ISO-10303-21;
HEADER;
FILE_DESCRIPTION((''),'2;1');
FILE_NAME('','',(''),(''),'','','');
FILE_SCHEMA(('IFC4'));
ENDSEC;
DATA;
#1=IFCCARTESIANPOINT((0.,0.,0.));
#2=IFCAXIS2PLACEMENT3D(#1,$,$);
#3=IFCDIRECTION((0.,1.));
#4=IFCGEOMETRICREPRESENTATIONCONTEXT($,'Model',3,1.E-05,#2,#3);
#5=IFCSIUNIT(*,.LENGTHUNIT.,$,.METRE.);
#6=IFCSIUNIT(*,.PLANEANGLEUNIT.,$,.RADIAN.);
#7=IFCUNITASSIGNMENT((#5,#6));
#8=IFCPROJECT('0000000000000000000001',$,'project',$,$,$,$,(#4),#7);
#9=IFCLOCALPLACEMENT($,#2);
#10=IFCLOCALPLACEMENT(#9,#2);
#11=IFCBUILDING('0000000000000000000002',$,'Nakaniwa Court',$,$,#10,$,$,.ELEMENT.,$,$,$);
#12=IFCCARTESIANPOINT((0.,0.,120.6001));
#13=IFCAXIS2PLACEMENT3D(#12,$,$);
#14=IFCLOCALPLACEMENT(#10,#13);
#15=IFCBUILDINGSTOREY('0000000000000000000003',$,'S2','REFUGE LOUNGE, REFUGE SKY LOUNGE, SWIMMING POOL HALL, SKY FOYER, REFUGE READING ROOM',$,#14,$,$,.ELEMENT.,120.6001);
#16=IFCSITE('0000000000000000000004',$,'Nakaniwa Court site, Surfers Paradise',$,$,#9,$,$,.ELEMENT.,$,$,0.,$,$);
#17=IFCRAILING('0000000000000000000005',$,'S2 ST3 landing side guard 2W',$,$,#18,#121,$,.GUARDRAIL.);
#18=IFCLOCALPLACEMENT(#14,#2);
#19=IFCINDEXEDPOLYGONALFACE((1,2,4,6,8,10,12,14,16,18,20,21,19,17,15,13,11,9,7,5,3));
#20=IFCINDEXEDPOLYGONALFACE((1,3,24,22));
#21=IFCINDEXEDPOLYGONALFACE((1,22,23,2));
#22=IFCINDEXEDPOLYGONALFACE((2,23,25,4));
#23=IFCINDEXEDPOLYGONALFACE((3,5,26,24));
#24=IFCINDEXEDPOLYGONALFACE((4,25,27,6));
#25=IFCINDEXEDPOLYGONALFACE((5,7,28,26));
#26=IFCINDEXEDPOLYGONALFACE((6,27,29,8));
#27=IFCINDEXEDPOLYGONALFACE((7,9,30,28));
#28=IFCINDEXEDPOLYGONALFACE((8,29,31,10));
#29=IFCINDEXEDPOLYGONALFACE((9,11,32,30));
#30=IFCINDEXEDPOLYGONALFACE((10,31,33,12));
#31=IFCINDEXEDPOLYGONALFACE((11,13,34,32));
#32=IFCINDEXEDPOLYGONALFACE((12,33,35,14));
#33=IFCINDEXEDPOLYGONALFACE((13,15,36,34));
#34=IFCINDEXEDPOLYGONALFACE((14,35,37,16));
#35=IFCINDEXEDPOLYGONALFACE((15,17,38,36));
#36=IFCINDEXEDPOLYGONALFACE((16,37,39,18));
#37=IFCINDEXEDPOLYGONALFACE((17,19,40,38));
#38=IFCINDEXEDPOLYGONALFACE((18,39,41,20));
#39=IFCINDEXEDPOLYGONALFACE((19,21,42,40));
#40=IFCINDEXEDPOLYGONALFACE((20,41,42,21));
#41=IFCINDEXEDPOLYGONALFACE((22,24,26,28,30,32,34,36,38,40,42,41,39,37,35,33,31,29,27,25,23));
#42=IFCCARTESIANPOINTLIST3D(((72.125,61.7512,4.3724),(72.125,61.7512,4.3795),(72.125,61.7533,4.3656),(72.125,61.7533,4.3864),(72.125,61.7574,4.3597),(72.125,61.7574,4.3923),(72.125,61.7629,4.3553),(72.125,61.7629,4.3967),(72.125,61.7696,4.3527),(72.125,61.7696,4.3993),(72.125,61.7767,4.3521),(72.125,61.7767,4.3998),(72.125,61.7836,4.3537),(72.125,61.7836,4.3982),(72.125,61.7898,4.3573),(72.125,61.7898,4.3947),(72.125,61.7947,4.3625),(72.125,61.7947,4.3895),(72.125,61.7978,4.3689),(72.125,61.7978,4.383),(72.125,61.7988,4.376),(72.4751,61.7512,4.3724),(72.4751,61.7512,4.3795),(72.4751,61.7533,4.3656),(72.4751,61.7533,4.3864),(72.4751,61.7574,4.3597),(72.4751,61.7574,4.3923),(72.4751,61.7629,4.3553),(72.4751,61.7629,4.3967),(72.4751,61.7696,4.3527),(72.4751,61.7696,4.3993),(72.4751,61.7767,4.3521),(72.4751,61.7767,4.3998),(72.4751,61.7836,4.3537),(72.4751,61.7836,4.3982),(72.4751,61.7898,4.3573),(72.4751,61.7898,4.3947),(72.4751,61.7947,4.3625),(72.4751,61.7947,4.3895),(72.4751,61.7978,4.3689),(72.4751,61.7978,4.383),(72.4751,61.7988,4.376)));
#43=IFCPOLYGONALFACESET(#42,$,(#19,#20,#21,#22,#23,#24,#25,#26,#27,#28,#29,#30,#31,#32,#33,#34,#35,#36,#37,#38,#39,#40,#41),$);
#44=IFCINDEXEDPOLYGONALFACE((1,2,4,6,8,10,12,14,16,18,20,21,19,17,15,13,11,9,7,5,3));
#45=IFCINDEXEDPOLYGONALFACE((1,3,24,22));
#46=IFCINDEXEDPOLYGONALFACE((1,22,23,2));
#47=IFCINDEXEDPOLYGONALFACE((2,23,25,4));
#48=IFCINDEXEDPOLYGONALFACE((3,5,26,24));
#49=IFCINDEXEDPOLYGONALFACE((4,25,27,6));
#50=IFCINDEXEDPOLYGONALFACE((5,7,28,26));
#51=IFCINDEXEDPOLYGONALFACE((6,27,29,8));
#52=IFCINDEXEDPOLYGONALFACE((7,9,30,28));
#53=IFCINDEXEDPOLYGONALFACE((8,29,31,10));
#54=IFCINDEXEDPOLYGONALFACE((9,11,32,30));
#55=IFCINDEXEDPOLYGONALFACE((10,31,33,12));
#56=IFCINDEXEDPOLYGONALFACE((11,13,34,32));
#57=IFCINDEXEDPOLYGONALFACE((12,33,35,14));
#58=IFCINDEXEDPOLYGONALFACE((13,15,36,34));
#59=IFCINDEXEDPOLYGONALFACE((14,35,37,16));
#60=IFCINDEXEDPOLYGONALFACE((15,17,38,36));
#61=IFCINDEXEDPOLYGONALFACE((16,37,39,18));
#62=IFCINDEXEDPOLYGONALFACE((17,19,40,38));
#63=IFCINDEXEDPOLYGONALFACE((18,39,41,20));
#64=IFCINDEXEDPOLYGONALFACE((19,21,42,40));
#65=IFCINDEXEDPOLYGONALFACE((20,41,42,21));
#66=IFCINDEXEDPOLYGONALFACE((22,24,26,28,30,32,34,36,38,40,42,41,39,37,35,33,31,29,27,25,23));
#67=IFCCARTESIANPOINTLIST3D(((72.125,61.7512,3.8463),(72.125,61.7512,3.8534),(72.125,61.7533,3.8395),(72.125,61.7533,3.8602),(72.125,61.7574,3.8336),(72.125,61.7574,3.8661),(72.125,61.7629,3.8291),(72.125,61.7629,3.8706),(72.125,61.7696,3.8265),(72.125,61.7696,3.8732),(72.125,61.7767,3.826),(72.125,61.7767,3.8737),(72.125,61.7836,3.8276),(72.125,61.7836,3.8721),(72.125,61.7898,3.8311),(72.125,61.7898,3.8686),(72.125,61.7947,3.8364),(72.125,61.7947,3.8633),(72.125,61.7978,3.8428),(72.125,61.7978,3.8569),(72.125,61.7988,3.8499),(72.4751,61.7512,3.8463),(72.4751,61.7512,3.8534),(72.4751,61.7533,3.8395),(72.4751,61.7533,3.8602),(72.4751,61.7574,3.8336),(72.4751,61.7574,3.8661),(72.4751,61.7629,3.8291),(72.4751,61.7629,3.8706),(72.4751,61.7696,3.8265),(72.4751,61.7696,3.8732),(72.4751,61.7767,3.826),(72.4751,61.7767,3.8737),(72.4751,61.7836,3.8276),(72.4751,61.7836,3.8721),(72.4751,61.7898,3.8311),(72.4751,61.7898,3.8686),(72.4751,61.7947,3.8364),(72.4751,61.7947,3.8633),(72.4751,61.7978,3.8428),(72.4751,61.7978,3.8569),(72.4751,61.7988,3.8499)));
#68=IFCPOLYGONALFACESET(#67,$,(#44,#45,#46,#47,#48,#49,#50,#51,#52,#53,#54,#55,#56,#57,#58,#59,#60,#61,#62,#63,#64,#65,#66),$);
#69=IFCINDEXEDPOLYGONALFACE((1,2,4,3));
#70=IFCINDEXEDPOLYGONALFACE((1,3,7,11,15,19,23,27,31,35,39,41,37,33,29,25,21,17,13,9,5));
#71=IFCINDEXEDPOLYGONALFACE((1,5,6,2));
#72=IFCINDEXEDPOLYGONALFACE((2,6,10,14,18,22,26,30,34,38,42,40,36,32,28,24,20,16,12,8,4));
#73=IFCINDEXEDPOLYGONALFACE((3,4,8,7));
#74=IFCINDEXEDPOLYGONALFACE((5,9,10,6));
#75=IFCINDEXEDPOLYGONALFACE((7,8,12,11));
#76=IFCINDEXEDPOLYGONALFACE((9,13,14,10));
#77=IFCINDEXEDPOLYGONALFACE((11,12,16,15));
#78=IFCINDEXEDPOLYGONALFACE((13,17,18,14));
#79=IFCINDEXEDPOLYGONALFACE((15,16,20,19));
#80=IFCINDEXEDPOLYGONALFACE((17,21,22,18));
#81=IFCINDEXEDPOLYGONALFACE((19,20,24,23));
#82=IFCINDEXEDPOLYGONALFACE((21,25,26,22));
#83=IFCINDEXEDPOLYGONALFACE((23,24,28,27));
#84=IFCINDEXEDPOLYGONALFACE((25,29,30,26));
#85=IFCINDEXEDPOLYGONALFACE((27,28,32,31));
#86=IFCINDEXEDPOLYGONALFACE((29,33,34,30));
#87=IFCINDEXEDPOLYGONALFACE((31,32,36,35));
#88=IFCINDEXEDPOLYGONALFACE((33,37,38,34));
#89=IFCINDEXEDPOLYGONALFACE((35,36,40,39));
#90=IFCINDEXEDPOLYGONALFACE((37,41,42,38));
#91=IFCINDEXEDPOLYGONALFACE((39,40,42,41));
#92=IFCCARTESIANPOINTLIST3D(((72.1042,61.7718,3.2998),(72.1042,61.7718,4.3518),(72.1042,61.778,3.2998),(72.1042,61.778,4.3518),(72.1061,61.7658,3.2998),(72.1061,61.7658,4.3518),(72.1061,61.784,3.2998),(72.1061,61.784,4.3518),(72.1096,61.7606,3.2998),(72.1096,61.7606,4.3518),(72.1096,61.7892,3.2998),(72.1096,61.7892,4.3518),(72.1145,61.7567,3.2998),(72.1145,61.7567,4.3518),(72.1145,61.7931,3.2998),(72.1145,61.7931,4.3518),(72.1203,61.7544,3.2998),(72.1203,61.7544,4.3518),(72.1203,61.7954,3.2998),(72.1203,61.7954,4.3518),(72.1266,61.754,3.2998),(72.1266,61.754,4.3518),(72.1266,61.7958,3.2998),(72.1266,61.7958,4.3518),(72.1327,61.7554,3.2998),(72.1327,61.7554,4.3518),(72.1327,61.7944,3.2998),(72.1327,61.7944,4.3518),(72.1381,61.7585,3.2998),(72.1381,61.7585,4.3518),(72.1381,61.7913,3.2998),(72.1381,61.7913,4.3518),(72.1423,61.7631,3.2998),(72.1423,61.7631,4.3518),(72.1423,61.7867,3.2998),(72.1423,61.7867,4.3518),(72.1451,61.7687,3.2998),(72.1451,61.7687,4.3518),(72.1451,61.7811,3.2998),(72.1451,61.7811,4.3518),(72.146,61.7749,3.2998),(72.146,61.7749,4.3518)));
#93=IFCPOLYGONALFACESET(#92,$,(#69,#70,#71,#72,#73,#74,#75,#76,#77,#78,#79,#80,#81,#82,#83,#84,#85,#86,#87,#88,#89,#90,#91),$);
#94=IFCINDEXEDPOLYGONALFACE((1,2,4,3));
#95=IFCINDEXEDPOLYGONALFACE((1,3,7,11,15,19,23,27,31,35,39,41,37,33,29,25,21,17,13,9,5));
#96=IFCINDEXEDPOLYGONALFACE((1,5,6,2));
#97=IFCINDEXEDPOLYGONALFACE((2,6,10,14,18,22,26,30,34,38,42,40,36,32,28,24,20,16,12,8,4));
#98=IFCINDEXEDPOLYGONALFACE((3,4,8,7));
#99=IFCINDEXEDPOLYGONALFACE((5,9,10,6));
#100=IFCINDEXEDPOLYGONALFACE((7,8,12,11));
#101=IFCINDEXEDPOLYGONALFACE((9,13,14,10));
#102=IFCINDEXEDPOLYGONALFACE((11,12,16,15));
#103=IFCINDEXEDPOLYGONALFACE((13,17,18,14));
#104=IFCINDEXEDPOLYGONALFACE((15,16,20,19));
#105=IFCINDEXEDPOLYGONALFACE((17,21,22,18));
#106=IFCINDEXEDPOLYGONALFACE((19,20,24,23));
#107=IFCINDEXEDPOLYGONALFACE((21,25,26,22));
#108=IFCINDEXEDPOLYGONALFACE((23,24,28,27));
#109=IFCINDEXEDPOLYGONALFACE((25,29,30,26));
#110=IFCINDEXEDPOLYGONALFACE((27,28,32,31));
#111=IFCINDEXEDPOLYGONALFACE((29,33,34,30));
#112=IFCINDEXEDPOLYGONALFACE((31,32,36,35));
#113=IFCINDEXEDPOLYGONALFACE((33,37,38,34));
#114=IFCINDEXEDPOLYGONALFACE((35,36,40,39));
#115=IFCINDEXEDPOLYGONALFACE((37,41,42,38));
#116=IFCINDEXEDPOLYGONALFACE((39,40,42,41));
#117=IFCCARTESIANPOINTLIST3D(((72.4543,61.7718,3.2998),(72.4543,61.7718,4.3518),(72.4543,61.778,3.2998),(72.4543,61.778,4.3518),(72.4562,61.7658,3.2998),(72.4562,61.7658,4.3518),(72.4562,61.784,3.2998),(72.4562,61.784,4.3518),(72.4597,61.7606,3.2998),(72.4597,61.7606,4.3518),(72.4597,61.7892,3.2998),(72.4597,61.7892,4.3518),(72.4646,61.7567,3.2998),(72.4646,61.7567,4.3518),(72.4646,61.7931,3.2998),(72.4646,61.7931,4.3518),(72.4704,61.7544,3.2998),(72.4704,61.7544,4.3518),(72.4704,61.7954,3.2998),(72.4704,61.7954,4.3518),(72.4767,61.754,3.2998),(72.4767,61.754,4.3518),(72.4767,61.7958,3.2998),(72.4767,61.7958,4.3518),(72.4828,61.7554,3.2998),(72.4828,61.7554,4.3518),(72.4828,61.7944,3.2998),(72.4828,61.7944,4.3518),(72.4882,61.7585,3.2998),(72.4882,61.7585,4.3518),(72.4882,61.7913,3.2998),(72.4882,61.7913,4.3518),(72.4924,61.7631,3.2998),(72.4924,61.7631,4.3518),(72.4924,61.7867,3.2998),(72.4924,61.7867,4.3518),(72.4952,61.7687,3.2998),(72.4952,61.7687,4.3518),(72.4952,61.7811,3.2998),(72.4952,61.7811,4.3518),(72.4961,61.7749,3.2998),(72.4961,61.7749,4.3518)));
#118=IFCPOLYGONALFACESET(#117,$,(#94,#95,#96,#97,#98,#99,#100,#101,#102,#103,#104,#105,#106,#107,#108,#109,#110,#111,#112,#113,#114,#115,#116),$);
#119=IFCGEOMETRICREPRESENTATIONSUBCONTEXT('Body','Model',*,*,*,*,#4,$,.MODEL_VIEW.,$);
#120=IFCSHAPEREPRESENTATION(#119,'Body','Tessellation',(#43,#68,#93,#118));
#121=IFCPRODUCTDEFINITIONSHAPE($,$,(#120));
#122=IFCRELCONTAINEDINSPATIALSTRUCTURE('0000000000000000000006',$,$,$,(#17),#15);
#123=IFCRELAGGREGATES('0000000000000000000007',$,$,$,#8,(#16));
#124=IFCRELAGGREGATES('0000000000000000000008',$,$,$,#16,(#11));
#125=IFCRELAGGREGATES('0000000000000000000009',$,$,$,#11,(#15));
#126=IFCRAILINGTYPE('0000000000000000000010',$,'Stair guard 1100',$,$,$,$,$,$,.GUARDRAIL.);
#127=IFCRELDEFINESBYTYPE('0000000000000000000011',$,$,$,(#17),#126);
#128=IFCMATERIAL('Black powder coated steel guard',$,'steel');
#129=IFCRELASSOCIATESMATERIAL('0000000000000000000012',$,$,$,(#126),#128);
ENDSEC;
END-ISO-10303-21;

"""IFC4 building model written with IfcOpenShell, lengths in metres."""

from ifc_helpers import new_model, si_unit, direction, frame, origin, origin_2d, place, context, subcontext, project, spatial, circle, extrude, material, type_object, element, save


model = new_model("IFC4")

# Units and contexts
model_context = context("Model", 3, precision=1e-05, world=origin(), true_north=direction((0.0, 1.0)))
body_context = subcontext(model_context, "Body", "Model", "MODEL_VIEW")
ifc_project = project(units=[si_unit("LENGTHUNIT", "METRE"), si_unit("PLANEANGLEUNIT", "RADIAN")], contexts=[model_context])

# Site, building, storey
site_placement = place(None, origin())
site = spatial("IfcSite", under=ifc_project, at=site_placement, Name="Nakaniwa Court site, Surfers Paradise", CompositionType="ELEMENT", RefElevation=0.0)
building_placement = place(site_placement, origin())
building = spatial("IfcBuilding", under=site, at=building_placement, Name="Nakaniwa Court", CompositionType="ELEMENT")
storey_placement = place(building_placement, frame((0.0, 0.0, 120.6001)))
storey = spatial("IfcBuildingStorey", under=building, at=storey_placement, Name="S2", Description="REFUGE LOUNGE, REFUGE SKY LOUNGE, SWIMMING POOL HALL, SKY FOYER, REFUGE READING ROOM", CompositionType="ELEMENT", Elevation=120.6001)

# Railing
ifc_material_1 = material(Name="Black powder coated steel guard", Category="steel")
railing_type_1 = type_object("IfcRailingType", Name="Stair guard 1100", PredefinedType="GUARDRAIL", material=ifc_material_1)
railing_1_placement = place(storey_placement, frame((72.125, 61.7749, 3.2998)))
element("IfcRailing", 1, at=railing_1_placement, inside=storey, type_object=railing_type_1, Name="S2 ST3 landing side guard 2W", PredefinedType="GUARDRAIL", context=body_context, shape_type="SweptSolid", body=[
    extrude(circle(Radius=0.0239, at=origin_2d()), frame((0.0, 0.0, 1.0762), z_axis=(1.0, 0.0, 0.0), x_axis=(0.0, 1.0, 0.0)), (0.0, 0.0, 1.0), 0.3501),
    extrude(circle(Radius=0.0239, at=origin_2d()), frame((0.0, 0.0, 0.55), z_axis=(1.0, 0.0, 0.0), x_axis=(0.0, 1.0, 0.0)), (0.0, 0.0, 1.0), 0.3501),
    extrude(circle(Radius=0.021, at=origin_2d()), origin(), (0.0, 0.0, 1.0), 1.052),
    extrude(circle(Radius=0.021, at=origin_2d()), frame((0.3501, 0.0, 0.0)), (0.0, 0.0, 1.0), 1.052),
])

save(model, "model.ifc")
